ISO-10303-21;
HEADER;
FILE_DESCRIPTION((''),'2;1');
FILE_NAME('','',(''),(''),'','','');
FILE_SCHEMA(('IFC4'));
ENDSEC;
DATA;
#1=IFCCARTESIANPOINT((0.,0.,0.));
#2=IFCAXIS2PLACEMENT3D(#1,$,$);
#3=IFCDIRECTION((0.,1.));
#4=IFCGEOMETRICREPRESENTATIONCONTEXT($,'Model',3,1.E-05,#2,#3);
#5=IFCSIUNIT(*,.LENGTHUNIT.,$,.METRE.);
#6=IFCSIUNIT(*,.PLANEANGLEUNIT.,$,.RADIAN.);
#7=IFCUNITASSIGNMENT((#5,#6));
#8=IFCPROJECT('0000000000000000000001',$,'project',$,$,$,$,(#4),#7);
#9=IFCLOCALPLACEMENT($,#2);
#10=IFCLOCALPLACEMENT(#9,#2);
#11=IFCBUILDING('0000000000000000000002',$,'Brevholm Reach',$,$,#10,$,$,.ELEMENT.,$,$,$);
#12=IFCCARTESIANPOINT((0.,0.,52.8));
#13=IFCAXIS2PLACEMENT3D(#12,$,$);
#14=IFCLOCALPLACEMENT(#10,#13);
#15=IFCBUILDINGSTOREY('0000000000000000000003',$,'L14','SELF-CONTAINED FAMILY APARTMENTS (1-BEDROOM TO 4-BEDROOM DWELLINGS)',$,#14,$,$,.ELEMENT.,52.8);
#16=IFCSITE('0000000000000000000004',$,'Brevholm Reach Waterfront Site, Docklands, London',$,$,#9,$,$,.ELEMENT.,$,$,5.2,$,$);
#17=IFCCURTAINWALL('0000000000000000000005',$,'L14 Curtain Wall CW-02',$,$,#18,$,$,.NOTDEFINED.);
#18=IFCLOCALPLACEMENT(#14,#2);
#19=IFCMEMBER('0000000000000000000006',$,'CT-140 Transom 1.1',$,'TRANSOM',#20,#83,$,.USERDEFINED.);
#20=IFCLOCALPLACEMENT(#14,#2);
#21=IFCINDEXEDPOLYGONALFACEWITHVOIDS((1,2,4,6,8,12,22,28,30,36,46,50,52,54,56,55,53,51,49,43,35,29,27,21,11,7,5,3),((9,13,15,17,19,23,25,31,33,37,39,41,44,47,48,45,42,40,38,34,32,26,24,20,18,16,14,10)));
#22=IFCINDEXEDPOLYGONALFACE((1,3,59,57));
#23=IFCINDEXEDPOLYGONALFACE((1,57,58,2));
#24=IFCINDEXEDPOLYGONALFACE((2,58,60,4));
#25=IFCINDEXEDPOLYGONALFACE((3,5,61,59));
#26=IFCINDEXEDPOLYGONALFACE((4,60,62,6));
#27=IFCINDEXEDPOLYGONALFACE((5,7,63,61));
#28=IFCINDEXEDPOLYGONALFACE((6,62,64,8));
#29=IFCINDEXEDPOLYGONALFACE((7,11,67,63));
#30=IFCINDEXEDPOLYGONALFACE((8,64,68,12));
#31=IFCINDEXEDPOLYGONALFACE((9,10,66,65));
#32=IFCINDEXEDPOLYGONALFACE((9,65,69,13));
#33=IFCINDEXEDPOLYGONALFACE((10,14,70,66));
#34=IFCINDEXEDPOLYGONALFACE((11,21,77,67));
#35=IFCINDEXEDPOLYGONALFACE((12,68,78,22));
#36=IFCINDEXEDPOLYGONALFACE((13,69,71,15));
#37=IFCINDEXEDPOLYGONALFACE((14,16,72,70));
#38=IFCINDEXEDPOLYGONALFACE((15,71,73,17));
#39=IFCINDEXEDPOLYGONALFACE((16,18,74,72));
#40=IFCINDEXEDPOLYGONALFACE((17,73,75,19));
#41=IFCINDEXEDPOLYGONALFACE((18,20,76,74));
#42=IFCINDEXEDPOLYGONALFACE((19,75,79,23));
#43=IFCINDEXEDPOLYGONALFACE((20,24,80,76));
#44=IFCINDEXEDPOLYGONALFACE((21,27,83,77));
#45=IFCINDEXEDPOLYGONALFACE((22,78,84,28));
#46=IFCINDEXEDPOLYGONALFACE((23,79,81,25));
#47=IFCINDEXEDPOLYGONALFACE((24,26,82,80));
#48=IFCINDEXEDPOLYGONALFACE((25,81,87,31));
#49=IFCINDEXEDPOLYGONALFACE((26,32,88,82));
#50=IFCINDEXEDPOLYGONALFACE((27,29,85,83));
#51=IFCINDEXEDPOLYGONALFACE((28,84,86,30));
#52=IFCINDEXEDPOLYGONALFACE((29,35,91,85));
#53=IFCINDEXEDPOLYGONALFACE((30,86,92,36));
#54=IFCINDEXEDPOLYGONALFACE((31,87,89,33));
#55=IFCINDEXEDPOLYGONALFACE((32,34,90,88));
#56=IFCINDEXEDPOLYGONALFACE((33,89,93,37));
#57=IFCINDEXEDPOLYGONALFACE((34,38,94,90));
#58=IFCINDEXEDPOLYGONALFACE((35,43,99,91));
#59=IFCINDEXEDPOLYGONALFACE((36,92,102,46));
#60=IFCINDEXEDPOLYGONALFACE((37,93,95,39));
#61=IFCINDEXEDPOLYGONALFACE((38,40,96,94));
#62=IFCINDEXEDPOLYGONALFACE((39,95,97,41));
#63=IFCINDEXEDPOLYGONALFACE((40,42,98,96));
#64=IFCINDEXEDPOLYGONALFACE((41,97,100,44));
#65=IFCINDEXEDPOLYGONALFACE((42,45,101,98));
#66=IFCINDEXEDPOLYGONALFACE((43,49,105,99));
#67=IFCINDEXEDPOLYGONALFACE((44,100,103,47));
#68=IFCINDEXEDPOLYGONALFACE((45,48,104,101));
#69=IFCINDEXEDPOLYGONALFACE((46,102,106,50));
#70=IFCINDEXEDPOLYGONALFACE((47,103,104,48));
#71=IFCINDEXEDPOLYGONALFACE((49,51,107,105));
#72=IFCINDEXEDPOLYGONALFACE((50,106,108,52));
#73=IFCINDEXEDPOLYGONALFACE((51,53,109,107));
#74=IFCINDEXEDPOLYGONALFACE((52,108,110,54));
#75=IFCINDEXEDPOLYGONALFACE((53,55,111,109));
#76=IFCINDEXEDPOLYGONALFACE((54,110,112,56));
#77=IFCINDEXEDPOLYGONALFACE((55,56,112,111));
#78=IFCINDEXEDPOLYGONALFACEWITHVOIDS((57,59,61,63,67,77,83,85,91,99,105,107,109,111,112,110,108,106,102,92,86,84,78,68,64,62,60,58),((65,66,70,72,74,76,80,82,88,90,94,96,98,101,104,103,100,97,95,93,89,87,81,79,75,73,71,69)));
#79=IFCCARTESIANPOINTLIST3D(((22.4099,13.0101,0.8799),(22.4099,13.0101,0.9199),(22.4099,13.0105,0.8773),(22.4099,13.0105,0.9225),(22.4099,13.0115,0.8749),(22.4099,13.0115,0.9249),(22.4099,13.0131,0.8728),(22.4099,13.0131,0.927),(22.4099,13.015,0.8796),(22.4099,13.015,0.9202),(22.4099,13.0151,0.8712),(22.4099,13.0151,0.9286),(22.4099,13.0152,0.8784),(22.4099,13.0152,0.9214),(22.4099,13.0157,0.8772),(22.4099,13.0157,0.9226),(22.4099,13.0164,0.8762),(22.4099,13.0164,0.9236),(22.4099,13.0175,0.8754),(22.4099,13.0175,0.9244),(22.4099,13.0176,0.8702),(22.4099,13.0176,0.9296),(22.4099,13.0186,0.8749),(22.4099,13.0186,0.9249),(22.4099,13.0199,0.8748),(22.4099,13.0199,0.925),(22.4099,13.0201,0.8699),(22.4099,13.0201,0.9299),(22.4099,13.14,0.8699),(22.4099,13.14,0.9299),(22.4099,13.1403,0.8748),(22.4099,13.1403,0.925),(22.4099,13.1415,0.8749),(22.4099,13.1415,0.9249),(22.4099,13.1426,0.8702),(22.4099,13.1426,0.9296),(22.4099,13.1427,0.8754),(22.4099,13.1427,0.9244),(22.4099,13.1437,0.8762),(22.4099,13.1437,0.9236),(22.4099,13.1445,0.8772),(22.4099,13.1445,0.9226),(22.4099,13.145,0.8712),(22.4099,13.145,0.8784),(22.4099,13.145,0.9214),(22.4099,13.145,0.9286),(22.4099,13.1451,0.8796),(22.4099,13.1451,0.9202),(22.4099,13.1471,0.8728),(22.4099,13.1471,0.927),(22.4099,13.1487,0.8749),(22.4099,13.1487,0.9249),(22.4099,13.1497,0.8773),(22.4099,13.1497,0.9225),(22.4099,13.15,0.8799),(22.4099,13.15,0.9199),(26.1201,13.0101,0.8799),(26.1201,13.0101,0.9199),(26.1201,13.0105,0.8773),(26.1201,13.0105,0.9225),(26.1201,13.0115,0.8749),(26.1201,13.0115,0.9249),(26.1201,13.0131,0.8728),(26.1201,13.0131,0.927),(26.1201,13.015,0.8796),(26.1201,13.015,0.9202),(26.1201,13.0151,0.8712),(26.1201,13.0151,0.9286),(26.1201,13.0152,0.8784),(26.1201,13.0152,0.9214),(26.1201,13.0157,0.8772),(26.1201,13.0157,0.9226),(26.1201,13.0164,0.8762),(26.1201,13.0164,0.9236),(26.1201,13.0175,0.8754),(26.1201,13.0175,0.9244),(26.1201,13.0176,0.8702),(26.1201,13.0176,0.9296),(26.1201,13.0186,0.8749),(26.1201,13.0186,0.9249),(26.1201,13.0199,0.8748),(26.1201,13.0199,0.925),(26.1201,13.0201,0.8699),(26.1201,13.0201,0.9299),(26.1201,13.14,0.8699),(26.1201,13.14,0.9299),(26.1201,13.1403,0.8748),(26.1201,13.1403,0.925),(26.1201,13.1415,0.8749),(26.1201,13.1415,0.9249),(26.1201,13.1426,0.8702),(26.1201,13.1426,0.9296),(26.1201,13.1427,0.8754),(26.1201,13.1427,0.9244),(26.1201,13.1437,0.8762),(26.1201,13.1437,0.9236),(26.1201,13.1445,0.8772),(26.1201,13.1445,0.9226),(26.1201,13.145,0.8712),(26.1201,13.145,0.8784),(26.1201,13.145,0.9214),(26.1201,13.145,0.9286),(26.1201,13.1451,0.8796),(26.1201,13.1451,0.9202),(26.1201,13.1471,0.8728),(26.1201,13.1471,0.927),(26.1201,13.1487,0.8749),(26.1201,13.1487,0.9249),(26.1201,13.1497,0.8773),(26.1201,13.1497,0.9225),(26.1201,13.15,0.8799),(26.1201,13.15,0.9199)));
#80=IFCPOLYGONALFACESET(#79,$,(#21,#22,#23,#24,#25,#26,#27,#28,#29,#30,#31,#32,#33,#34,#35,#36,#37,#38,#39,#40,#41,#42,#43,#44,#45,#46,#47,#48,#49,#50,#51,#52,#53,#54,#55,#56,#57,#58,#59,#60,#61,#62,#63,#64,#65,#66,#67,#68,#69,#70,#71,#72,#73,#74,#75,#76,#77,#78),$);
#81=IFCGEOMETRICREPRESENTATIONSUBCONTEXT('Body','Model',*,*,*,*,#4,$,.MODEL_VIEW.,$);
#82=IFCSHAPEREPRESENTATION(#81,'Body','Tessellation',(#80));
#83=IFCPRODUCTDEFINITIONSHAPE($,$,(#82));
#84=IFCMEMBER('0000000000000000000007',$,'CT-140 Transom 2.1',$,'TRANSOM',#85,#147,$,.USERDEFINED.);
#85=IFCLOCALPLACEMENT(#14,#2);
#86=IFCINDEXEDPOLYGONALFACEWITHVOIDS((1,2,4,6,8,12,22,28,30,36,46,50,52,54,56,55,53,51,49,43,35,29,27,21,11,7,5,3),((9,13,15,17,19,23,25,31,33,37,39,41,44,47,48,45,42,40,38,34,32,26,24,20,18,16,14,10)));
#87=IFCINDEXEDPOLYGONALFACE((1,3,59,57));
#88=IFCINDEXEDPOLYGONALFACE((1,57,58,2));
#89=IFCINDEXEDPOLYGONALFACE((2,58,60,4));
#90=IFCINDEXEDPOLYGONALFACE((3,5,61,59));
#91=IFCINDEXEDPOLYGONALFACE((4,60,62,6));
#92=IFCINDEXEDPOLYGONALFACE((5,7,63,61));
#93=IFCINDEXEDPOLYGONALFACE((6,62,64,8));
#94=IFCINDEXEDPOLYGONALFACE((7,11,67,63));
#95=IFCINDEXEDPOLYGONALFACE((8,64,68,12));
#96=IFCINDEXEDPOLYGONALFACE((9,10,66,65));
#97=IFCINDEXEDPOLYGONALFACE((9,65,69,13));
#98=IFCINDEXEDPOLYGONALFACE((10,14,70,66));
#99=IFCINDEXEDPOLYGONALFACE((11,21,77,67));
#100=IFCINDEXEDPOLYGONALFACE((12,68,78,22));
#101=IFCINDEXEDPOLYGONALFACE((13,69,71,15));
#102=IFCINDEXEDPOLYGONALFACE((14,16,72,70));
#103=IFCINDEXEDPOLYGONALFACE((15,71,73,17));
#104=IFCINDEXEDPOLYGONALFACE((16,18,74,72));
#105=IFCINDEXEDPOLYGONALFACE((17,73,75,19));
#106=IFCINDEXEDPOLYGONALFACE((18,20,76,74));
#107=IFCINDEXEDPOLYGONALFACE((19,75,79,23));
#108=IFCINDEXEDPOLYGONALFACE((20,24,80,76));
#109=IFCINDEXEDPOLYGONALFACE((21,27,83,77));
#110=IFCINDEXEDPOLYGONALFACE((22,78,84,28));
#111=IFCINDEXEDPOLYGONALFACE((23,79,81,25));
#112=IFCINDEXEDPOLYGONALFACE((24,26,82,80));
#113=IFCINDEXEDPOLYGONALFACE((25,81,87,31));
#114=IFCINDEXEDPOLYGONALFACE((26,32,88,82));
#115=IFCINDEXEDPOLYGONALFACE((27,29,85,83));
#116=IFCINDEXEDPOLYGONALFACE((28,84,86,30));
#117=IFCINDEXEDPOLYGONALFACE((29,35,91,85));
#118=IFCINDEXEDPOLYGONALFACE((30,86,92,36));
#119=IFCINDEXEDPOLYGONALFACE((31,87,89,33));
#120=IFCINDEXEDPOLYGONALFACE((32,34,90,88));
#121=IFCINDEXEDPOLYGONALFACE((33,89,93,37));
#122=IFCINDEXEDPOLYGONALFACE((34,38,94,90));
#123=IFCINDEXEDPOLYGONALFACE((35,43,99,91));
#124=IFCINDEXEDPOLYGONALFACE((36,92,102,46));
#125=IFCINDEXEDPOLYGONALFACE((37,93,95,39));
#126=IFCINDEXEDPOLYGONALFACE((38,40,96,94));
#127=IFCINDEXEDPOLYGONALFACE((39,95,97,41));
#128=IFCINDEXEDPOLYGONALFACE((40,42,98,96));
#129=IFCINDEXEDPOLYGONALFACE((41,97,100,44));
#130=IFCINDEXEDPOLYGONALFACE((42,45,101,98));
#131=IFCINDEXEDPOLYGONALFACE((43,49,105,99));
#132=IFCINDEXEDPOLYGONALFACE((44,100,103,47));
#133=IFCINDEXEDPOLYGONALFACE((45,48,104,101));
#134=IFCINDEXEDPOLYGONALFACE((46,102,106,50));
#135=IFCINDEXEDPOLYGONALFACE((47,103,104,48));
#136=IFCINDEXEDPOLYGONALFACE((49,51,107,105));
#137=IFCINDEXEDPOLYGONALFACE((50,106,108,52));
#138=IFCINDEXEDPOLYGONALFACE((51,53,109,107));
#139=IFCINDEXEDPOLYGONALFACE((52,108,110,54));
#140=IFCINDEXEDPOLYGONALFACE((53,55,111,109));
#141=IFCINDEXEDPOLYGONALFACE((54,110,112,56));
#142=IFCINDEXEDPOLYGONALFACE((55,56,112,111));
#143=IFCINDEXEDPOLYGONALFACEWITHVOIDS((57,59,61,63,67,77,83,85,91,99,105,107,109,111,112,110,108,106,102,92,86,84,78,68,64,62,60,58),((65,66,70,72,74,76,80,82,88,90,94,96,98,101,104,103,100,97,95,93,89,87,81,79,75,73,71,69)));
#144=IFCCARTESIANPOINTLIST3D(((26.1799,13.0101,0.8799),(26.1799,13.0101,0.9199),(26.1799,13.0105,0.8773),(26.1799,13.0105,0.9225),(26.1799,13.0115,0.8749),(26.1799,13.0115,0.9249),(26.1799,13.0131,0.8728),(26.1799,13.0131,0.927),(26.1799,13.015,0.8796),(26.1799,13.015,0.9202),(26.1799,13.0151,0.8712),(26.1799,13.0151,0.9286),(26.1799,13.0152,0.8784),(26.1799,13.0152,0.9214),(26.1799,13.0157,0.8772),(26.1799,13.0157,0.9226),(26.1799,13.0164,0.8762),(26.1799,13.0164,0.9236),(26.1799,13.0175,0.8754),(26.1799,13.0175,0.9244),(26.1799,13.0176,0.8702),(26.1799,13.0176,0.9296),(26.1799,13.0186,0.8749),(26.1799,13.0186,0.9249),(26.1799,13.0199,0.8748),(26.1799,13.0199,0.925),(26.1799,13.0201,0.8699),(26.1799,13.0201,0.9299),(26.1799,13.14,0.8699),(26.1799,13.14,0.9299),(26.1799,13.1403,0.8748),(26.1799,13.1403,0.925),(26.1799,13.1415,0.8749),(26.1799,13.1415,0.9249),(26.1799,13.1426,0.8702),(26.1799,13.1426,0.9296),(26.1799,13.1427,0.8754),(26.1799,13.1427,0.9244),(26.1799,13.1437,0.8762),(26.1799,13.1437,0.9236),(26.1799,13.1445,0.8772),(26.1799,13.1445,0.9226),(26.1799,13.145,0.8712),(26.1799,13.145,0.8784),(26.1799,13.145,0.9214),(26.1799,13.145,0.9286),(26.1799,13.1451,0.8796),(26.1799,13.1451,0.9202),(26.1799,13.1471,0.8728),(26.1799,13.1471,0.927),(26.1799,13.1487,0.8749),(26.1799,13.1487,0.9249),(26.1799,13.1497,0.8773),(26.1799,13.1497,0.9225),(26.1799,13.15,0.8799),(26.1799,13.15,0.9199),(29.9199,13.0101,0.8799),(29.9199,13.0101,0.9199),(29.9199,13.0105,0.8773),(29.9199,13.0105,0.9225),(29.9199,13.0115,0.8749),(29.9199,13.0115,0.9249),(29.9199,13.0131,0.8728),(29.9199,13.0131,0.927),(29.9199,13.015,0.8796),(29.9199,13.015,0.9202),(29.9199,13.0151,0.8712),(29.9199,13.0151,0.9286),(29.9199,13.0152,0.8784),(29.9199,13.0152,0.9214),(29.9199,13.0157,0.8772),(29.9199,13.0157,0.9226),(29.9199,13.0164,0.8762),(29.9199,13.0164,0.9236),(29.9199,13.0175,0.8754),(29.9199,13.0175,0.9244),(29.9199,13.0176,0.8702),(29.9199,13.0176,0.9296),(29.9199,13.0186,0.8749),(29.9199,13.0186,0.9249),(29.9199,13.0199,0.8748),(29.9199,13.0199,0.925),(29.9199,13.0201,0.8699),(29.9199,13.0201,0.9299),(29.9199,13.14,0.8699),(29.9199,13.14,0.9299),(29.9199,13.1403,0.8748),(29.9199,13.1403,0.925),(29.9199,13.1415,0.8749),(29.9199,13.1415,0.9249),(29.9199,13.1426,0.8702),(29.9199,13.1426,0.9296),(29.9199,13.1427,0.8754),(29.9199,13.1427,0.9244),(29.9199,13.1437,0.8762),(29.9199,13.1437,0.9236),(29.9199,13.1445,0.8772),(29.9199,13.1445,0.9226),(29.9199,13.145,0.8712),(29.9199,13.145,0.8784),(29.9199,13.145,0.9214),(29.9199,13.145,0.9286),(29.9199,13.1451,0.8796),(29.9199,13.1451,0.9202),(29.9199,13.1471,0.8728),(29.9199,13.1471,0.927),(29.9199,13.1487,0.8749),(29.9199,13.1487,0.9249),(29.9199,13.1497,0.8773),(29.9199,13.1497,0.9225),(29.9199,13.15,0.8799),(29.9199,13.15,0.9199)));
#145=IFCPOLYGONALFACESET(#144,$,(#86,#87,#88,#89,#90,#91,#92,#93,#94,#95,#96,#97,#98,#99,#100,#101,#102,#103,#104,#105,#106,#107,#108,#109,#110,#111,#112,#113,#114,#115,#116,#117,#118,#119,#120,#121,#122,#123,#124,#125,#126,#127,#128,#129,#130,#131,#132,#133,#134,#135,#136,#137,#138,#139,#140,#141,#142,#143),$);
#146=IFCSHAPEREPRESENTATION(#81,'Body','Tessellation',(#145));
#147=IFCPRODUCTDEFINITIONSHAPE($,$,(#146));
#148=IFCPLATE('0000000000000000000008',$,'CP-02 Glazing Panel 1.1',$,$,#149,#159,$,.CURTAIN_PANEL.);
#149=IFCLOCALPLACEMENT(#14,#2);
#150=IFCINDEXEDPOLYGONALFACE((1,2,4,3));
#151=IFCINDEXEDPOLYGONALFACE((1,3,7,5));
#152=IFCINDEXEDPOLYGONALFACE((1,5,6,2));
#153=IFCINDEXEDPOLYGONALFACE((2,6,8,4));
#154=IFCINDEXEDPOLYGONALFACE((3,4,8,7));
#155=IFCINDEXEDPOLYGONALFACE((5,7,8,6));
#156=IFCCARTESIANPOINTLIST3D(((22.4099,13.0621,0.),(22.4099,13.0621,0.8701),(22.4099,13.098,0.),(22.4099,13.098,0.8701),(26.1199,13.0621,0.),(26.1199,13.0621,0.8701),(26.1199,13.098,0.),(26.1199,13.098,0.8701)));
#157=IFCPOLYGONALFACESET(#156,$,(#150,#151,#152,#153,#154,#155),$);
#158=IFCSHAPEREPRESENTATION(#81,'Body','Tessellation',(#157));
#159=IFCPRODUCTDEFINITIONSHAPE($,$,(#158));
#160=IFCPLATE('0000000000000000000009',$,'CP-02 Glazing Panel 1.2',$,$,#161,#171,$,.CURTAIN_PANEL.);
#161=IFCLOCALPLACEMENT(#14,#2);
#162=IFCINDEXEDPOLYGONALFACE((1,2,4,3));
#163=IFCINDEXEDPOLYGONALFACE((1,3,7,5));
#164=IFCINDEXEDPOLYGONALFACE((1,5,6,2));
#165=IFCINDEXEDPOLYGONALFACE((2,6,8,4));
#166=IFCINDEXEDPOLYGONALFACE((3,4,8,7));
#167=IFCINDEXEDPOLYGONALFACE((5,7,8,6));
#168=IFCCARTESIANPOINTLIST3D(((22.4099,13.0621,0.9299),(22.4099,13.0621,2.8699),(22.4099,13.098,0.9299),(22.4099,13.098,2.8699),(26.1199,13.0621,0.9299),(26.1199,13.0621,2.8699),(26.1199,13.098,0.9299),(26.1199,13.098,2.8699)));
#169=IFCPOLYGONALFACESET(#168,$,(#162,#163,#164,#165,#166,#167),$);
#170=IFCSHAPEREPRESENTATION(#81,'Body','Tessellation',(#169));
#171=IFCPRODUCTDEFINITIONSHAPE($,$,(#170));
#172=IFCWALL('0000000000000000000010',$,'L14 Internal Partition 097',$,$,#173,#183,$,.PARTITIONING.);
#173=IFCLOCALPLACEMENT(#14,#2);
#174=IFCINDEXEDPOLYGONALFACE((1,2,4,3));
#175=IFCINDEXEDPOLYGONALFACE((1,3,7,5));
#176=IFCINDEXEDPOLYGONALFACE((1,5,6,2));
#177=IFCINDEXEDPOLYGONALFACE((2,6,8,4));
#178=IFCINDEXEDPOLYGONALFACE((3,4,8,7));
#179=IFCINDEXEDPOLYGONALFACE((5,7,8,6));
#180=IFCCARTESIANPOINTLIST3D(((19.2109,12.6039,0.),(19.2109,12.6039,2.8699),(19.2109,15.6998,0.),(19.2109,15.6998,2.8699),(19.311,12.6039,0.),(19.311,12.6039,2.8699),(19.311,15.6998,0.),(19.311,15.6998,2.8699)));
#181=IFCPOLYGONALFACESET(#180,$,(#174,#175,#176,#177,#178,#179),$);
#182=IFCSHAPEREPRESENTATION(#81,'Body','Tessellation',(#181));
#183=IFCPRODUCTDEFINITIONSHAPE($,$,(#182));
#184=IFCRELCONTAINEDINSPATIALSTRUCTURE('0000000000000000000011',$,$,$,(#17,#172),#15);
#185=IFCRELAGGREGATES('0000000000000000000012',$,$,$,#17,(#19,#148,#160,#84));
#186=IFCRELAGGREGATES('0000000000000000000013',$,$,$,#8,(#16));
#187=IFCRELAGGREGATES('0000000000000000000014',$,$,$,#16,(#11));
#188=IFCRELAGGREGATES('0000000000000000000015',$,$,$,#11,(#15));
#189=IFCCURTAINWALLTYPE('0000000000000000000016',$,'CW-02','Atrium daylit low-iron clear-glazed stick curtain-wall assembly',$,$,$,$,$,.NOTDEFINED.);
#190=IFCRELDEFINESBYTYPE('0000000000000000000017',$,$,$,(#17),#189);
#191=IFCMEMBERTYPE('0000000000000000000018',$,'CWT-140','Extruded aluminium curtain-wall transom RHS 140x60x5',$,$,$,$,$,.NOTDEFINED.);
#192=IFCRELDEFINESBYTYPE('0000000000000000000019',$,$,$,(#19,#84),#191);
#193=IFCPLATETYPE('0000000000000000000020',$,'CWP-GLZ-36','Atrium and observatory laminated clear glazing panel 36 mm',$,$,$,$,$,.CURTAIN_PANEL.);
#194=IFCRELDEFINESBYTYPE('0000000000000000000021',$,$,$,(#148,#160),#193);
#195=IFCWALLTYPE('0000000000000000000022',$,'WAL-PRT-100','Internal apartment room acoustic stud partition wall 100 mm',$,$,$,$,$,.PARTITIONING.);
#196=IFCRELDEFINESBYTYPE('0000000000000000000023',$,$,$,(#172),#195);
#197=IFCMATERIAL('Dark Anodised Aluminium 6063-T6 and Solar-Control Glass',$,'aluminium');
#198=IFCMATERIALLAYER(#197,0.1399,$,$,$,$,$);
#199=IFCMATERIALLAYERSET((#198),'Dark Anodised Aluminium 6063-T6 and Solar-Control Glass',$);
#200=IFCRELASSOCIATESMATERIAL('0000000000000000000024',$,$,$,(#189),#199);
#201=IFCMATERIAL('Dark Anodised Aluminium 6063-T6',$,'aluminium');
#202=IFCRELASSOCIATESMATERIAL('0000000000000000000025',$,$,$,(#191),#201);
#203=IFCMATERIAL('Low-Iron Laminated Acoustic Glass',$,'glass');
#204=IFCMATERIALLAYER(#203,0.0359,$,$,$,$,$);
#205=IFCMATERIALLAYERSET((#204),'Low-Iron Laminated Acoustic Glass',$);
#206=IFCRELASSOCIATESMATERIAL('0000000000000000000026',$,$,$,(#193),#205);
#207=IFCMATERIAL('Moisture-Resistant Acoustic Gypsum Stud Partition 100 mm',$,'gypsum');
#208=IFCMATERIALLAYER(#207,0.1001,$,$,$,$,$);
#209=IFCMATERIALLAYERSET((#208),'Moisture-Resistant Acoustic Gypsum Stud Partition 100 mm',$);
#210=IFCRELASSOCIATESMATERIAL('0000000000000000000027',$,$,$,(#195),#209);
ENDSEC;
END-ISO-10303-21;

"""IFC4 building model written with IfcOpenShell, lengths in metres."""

from ifc_helpers import new_model, si_unit, direction, frame, frame_2d, origin, origin_2d, place, context, subcontext, project, spatial, rectangle, hollow_rectangle, extrude, material, layer, layer_set, material_profile, profile_set, type_object, element, aggregate, save


model = new_model("IFC4")

# Units and contexts
model_context = context("Model", 3, precision=1e-05, world=origin(), true_north=direction((0.0, 1.0)))
body_context = subcontext(model_context, "Body", "Model", "MODEL_VIEW")
ifc_project = project(units=[si_unit("LENGTHUNIT", "METRE"), si_unit("PLANEANGLEUNIT", "RADIAN")], contexts=[model_context])

# Site, building, storey
site_placement = place(None, origin())
site = spatial("IfcSite", under=ifc_project, at=site_placement, Name="Brevholm Reach Waterfront Site, Docklands, London", CompositionType="ELEMENT", RefElevation=5.2)
building_placement = place(site_placement, origin())
building = spatial("IfcBuilding", under=site, at=building_placement, Name="Brevholm Reach", CompositionType="ELEMENT")
storey_placement = place(building_placement, frame((0.0, 0.0, 52.8)))
storey = spatial("IfcBuildingStorey", under=building, at=storey_placement, Name="L14", Description="SELF-CONTAINED FAMILY APARTMENTS (1-BEDROOM TO 4-BEDROOM DWELLINGS)", CompositionType="ELEMENT", Elevation=52.8)

# Curtain wall, members, plates
ifc_material_1 = material(Name="Dark Anodised Aluminium 6063-T6 and Solar-Control Glass", Category="aluminium")
ifc_layer_1 = layer(ifc_material_1, 0.1399)
ifc_layer_set_1 = layer_set([ifc_layer_1], Name="Dark Anodised Aluminium 6063-T6 and Solar-Control Glass")
curtain_wall_type = type_object("IfcCurtainWallType", Name="CW-02", Description="Atrium daylit low-iron clear-glazed stick curtain-wall assembly", PredefinedType="NOTDEFINED", material=ifc_layer_set_1)
curtain_wall_placement = place(storey_placement, origin())
curtain_wall = element("IfcCurtainWall", 1, at=curtain_wall_placement, inside=storey, type_object=curtain_wall_type, Name="L14 Curtain Wall CW-02", PredefinedType="NOTDEFINED")
ifc_material_2 = material(Name="Dark Anodised Aluminium 6063-T6", Category="aluminium")
ifc_material_profile_1 = material_profile(ifc_material_2, hollow_rectangle(XDim=0.0601, YDim=0.1399, WallThickness=0.0049, InnerFilletRadius=0.0049, OuterFilletRadius=0.01, at=origin_2d()), Name="RHS 140x60x5")
ifc_profile_set_1 = profile_set([ifc_material_profile_1], Name="Dark Anodised Aluminium 6063-T6")
member_type_1 = type_object("IfcMemberType", Name="CWT-140", Description="Extruded aluminium curtain-wall transom RHS 140x60x5", PredefinedType="NOTDEFINED", material=ifc_profile_set_1)
member_1_placement = place(storey_placement, frame((22.4099, 13.0801, 0.8999), z_axis=(1.0, 0.0, 0.0), x_axis=(0.0, 0.0, 1.0)))
member_1 = element("IfcMember", 2, at=member_1_placement, type_object=member_type_1, Name="CT-140 Transom 1.1", ObjectType="TRANSOM", PredefinedType="USERDEFINED", context=body_context, shape_type="SweptSolid", body=[
    extrude(hollow_rectangle(XDim=0.0601, YDim=0.1399, WallThickness=0.0049, InnerFilletRadius=0.0049, OuterFilletRadius=0.01, at=origin_2d()), origin(), (0.0, 0.0, 1.0), 3.7102),
])
member_2_placement = place(storey_placement, frame((26.1799, 13.0801, 0.8999), z_axis=(1.0, 0.0, 0.0), x_axis=(0.0, 0.0, 1.0)))
member_2 = element("IfcMember", 3, at=member_2_placement, type_object=member_type_1, Name="CT-140 Transom 2.1", ObjectType="TRANSOM", PredefinedType="USERDEFINED", context=body_context, shape_type="SweptSolid", body=[
    extrude(hollow_rectangle(XDim=0.0601, YDim=0.1399, WallThickness=0.0049, InnerFilletRadius=0.0049, OuterFilletRadius=0.01, at=origin_2d()), origin(), (0.0, 0.0, 1.0), 3.74),
])
ifc_material_3 = material(Name="Low-Iron Laminated Acoustic Glass", Category="glass")
ifc_layer_2 = layer(ifc_material_3, 0.0359)
ifc_layer_set_2 = layer_set([ifc_layer_2], Name="Low-Iron Laminated Acoustic Glass")
plate_type = type_object("IfcPlateType", Name="CWP-GLZ-36", Description="Atrium and observatory laminated clear glazing panel 36 mm", PredefinedType="CURTAIN_PANEL", material=ifc_layer_set_2)
plate_1_placement = place(storey_placement, frame((24.2649, 13.0801, 0.0), z_axis=(0.0, 0.0, 1.0), x_axis=(1.0, 0.0, 0.0)))
plate_1 = element("IfcPlate", 4, at=plate_1_placement, type_object=plate_type, Name="CP-02 Glazing Panel 1.1", PredefinedType="CURTAIN_PANEL", context=body_context, shape_type="SweptSolid", body=[
    extrude(rectangle(XDim=3.71, YDim=0.0359, at=origin_2d()), origin(), (0.0, 0.0, 1.0), 0.8701),
])
plate_2_placement = place(storey_placement, frame((24.2649, 13.0801, 0.9299), z_axis=(0.0, 0.0, 1.0), x_axis=(1.0, 0.0, 0.0)))
plate_2 = element("IfcPlate", 5, at=plate_2_placement, type_object=plate_type, Name="CP-02 Glazing Panel 1.2", PredefinedType="CURTAIN_PANEL", context=body_context, shape_type="SweptSolid", body=[
    extrude(rectangle(XDim=3.71, YDim=0.0359, at=origin_2d()), origin(), (0.0, 0.0, 1.0), 1.9399),
])
aggregate(curtain_wall, [member_1, plate_1, plate_2, member_2])

# Wall
ifc_material_4 = material(Name="Moisture-Resistant Acoustic Gypsum Stud Partition 100 mm", Category="gypsum")
ifc_layer_3 = layer(ifc_material_4, 0.1001)
ifc_layer_set_3 = layer_set([ifc_layer_3], Name="Moisture-Resistant Acoustic Gypsum Stud Partition 100 mm")
wall_type_1 = type_object("IfcWallType", Name="WAL-PRT-100", Description="Internal apartment room acoustic stud partition wall 100 mm", PredefinedType="PARTITIONING", material=ifc_layer_set_3)
wall_1_placement = place(storey_placement, frame((19.261, 12.604, 0.0), z_axis=(0.0, 0.0, 1.0), x_axis=(0.0, 1.0, 0.0)))
element("IfcWall", 6, at=wall_1_placement, inside=storey, type_object=wall_type_1, Name="L14 Internal Partition 097", PredefinedType="PARTITIONING", context=body_context, shape_type="SweptSolid", body=[
    extrude(rectangle(XDim=3.0959, YDim=0.1001, at=frame_2d((1.5479, 0.0))), origin(), (0.0, 0.0, 1.0), 2.8699),
])

save(model, "model.ifc")
